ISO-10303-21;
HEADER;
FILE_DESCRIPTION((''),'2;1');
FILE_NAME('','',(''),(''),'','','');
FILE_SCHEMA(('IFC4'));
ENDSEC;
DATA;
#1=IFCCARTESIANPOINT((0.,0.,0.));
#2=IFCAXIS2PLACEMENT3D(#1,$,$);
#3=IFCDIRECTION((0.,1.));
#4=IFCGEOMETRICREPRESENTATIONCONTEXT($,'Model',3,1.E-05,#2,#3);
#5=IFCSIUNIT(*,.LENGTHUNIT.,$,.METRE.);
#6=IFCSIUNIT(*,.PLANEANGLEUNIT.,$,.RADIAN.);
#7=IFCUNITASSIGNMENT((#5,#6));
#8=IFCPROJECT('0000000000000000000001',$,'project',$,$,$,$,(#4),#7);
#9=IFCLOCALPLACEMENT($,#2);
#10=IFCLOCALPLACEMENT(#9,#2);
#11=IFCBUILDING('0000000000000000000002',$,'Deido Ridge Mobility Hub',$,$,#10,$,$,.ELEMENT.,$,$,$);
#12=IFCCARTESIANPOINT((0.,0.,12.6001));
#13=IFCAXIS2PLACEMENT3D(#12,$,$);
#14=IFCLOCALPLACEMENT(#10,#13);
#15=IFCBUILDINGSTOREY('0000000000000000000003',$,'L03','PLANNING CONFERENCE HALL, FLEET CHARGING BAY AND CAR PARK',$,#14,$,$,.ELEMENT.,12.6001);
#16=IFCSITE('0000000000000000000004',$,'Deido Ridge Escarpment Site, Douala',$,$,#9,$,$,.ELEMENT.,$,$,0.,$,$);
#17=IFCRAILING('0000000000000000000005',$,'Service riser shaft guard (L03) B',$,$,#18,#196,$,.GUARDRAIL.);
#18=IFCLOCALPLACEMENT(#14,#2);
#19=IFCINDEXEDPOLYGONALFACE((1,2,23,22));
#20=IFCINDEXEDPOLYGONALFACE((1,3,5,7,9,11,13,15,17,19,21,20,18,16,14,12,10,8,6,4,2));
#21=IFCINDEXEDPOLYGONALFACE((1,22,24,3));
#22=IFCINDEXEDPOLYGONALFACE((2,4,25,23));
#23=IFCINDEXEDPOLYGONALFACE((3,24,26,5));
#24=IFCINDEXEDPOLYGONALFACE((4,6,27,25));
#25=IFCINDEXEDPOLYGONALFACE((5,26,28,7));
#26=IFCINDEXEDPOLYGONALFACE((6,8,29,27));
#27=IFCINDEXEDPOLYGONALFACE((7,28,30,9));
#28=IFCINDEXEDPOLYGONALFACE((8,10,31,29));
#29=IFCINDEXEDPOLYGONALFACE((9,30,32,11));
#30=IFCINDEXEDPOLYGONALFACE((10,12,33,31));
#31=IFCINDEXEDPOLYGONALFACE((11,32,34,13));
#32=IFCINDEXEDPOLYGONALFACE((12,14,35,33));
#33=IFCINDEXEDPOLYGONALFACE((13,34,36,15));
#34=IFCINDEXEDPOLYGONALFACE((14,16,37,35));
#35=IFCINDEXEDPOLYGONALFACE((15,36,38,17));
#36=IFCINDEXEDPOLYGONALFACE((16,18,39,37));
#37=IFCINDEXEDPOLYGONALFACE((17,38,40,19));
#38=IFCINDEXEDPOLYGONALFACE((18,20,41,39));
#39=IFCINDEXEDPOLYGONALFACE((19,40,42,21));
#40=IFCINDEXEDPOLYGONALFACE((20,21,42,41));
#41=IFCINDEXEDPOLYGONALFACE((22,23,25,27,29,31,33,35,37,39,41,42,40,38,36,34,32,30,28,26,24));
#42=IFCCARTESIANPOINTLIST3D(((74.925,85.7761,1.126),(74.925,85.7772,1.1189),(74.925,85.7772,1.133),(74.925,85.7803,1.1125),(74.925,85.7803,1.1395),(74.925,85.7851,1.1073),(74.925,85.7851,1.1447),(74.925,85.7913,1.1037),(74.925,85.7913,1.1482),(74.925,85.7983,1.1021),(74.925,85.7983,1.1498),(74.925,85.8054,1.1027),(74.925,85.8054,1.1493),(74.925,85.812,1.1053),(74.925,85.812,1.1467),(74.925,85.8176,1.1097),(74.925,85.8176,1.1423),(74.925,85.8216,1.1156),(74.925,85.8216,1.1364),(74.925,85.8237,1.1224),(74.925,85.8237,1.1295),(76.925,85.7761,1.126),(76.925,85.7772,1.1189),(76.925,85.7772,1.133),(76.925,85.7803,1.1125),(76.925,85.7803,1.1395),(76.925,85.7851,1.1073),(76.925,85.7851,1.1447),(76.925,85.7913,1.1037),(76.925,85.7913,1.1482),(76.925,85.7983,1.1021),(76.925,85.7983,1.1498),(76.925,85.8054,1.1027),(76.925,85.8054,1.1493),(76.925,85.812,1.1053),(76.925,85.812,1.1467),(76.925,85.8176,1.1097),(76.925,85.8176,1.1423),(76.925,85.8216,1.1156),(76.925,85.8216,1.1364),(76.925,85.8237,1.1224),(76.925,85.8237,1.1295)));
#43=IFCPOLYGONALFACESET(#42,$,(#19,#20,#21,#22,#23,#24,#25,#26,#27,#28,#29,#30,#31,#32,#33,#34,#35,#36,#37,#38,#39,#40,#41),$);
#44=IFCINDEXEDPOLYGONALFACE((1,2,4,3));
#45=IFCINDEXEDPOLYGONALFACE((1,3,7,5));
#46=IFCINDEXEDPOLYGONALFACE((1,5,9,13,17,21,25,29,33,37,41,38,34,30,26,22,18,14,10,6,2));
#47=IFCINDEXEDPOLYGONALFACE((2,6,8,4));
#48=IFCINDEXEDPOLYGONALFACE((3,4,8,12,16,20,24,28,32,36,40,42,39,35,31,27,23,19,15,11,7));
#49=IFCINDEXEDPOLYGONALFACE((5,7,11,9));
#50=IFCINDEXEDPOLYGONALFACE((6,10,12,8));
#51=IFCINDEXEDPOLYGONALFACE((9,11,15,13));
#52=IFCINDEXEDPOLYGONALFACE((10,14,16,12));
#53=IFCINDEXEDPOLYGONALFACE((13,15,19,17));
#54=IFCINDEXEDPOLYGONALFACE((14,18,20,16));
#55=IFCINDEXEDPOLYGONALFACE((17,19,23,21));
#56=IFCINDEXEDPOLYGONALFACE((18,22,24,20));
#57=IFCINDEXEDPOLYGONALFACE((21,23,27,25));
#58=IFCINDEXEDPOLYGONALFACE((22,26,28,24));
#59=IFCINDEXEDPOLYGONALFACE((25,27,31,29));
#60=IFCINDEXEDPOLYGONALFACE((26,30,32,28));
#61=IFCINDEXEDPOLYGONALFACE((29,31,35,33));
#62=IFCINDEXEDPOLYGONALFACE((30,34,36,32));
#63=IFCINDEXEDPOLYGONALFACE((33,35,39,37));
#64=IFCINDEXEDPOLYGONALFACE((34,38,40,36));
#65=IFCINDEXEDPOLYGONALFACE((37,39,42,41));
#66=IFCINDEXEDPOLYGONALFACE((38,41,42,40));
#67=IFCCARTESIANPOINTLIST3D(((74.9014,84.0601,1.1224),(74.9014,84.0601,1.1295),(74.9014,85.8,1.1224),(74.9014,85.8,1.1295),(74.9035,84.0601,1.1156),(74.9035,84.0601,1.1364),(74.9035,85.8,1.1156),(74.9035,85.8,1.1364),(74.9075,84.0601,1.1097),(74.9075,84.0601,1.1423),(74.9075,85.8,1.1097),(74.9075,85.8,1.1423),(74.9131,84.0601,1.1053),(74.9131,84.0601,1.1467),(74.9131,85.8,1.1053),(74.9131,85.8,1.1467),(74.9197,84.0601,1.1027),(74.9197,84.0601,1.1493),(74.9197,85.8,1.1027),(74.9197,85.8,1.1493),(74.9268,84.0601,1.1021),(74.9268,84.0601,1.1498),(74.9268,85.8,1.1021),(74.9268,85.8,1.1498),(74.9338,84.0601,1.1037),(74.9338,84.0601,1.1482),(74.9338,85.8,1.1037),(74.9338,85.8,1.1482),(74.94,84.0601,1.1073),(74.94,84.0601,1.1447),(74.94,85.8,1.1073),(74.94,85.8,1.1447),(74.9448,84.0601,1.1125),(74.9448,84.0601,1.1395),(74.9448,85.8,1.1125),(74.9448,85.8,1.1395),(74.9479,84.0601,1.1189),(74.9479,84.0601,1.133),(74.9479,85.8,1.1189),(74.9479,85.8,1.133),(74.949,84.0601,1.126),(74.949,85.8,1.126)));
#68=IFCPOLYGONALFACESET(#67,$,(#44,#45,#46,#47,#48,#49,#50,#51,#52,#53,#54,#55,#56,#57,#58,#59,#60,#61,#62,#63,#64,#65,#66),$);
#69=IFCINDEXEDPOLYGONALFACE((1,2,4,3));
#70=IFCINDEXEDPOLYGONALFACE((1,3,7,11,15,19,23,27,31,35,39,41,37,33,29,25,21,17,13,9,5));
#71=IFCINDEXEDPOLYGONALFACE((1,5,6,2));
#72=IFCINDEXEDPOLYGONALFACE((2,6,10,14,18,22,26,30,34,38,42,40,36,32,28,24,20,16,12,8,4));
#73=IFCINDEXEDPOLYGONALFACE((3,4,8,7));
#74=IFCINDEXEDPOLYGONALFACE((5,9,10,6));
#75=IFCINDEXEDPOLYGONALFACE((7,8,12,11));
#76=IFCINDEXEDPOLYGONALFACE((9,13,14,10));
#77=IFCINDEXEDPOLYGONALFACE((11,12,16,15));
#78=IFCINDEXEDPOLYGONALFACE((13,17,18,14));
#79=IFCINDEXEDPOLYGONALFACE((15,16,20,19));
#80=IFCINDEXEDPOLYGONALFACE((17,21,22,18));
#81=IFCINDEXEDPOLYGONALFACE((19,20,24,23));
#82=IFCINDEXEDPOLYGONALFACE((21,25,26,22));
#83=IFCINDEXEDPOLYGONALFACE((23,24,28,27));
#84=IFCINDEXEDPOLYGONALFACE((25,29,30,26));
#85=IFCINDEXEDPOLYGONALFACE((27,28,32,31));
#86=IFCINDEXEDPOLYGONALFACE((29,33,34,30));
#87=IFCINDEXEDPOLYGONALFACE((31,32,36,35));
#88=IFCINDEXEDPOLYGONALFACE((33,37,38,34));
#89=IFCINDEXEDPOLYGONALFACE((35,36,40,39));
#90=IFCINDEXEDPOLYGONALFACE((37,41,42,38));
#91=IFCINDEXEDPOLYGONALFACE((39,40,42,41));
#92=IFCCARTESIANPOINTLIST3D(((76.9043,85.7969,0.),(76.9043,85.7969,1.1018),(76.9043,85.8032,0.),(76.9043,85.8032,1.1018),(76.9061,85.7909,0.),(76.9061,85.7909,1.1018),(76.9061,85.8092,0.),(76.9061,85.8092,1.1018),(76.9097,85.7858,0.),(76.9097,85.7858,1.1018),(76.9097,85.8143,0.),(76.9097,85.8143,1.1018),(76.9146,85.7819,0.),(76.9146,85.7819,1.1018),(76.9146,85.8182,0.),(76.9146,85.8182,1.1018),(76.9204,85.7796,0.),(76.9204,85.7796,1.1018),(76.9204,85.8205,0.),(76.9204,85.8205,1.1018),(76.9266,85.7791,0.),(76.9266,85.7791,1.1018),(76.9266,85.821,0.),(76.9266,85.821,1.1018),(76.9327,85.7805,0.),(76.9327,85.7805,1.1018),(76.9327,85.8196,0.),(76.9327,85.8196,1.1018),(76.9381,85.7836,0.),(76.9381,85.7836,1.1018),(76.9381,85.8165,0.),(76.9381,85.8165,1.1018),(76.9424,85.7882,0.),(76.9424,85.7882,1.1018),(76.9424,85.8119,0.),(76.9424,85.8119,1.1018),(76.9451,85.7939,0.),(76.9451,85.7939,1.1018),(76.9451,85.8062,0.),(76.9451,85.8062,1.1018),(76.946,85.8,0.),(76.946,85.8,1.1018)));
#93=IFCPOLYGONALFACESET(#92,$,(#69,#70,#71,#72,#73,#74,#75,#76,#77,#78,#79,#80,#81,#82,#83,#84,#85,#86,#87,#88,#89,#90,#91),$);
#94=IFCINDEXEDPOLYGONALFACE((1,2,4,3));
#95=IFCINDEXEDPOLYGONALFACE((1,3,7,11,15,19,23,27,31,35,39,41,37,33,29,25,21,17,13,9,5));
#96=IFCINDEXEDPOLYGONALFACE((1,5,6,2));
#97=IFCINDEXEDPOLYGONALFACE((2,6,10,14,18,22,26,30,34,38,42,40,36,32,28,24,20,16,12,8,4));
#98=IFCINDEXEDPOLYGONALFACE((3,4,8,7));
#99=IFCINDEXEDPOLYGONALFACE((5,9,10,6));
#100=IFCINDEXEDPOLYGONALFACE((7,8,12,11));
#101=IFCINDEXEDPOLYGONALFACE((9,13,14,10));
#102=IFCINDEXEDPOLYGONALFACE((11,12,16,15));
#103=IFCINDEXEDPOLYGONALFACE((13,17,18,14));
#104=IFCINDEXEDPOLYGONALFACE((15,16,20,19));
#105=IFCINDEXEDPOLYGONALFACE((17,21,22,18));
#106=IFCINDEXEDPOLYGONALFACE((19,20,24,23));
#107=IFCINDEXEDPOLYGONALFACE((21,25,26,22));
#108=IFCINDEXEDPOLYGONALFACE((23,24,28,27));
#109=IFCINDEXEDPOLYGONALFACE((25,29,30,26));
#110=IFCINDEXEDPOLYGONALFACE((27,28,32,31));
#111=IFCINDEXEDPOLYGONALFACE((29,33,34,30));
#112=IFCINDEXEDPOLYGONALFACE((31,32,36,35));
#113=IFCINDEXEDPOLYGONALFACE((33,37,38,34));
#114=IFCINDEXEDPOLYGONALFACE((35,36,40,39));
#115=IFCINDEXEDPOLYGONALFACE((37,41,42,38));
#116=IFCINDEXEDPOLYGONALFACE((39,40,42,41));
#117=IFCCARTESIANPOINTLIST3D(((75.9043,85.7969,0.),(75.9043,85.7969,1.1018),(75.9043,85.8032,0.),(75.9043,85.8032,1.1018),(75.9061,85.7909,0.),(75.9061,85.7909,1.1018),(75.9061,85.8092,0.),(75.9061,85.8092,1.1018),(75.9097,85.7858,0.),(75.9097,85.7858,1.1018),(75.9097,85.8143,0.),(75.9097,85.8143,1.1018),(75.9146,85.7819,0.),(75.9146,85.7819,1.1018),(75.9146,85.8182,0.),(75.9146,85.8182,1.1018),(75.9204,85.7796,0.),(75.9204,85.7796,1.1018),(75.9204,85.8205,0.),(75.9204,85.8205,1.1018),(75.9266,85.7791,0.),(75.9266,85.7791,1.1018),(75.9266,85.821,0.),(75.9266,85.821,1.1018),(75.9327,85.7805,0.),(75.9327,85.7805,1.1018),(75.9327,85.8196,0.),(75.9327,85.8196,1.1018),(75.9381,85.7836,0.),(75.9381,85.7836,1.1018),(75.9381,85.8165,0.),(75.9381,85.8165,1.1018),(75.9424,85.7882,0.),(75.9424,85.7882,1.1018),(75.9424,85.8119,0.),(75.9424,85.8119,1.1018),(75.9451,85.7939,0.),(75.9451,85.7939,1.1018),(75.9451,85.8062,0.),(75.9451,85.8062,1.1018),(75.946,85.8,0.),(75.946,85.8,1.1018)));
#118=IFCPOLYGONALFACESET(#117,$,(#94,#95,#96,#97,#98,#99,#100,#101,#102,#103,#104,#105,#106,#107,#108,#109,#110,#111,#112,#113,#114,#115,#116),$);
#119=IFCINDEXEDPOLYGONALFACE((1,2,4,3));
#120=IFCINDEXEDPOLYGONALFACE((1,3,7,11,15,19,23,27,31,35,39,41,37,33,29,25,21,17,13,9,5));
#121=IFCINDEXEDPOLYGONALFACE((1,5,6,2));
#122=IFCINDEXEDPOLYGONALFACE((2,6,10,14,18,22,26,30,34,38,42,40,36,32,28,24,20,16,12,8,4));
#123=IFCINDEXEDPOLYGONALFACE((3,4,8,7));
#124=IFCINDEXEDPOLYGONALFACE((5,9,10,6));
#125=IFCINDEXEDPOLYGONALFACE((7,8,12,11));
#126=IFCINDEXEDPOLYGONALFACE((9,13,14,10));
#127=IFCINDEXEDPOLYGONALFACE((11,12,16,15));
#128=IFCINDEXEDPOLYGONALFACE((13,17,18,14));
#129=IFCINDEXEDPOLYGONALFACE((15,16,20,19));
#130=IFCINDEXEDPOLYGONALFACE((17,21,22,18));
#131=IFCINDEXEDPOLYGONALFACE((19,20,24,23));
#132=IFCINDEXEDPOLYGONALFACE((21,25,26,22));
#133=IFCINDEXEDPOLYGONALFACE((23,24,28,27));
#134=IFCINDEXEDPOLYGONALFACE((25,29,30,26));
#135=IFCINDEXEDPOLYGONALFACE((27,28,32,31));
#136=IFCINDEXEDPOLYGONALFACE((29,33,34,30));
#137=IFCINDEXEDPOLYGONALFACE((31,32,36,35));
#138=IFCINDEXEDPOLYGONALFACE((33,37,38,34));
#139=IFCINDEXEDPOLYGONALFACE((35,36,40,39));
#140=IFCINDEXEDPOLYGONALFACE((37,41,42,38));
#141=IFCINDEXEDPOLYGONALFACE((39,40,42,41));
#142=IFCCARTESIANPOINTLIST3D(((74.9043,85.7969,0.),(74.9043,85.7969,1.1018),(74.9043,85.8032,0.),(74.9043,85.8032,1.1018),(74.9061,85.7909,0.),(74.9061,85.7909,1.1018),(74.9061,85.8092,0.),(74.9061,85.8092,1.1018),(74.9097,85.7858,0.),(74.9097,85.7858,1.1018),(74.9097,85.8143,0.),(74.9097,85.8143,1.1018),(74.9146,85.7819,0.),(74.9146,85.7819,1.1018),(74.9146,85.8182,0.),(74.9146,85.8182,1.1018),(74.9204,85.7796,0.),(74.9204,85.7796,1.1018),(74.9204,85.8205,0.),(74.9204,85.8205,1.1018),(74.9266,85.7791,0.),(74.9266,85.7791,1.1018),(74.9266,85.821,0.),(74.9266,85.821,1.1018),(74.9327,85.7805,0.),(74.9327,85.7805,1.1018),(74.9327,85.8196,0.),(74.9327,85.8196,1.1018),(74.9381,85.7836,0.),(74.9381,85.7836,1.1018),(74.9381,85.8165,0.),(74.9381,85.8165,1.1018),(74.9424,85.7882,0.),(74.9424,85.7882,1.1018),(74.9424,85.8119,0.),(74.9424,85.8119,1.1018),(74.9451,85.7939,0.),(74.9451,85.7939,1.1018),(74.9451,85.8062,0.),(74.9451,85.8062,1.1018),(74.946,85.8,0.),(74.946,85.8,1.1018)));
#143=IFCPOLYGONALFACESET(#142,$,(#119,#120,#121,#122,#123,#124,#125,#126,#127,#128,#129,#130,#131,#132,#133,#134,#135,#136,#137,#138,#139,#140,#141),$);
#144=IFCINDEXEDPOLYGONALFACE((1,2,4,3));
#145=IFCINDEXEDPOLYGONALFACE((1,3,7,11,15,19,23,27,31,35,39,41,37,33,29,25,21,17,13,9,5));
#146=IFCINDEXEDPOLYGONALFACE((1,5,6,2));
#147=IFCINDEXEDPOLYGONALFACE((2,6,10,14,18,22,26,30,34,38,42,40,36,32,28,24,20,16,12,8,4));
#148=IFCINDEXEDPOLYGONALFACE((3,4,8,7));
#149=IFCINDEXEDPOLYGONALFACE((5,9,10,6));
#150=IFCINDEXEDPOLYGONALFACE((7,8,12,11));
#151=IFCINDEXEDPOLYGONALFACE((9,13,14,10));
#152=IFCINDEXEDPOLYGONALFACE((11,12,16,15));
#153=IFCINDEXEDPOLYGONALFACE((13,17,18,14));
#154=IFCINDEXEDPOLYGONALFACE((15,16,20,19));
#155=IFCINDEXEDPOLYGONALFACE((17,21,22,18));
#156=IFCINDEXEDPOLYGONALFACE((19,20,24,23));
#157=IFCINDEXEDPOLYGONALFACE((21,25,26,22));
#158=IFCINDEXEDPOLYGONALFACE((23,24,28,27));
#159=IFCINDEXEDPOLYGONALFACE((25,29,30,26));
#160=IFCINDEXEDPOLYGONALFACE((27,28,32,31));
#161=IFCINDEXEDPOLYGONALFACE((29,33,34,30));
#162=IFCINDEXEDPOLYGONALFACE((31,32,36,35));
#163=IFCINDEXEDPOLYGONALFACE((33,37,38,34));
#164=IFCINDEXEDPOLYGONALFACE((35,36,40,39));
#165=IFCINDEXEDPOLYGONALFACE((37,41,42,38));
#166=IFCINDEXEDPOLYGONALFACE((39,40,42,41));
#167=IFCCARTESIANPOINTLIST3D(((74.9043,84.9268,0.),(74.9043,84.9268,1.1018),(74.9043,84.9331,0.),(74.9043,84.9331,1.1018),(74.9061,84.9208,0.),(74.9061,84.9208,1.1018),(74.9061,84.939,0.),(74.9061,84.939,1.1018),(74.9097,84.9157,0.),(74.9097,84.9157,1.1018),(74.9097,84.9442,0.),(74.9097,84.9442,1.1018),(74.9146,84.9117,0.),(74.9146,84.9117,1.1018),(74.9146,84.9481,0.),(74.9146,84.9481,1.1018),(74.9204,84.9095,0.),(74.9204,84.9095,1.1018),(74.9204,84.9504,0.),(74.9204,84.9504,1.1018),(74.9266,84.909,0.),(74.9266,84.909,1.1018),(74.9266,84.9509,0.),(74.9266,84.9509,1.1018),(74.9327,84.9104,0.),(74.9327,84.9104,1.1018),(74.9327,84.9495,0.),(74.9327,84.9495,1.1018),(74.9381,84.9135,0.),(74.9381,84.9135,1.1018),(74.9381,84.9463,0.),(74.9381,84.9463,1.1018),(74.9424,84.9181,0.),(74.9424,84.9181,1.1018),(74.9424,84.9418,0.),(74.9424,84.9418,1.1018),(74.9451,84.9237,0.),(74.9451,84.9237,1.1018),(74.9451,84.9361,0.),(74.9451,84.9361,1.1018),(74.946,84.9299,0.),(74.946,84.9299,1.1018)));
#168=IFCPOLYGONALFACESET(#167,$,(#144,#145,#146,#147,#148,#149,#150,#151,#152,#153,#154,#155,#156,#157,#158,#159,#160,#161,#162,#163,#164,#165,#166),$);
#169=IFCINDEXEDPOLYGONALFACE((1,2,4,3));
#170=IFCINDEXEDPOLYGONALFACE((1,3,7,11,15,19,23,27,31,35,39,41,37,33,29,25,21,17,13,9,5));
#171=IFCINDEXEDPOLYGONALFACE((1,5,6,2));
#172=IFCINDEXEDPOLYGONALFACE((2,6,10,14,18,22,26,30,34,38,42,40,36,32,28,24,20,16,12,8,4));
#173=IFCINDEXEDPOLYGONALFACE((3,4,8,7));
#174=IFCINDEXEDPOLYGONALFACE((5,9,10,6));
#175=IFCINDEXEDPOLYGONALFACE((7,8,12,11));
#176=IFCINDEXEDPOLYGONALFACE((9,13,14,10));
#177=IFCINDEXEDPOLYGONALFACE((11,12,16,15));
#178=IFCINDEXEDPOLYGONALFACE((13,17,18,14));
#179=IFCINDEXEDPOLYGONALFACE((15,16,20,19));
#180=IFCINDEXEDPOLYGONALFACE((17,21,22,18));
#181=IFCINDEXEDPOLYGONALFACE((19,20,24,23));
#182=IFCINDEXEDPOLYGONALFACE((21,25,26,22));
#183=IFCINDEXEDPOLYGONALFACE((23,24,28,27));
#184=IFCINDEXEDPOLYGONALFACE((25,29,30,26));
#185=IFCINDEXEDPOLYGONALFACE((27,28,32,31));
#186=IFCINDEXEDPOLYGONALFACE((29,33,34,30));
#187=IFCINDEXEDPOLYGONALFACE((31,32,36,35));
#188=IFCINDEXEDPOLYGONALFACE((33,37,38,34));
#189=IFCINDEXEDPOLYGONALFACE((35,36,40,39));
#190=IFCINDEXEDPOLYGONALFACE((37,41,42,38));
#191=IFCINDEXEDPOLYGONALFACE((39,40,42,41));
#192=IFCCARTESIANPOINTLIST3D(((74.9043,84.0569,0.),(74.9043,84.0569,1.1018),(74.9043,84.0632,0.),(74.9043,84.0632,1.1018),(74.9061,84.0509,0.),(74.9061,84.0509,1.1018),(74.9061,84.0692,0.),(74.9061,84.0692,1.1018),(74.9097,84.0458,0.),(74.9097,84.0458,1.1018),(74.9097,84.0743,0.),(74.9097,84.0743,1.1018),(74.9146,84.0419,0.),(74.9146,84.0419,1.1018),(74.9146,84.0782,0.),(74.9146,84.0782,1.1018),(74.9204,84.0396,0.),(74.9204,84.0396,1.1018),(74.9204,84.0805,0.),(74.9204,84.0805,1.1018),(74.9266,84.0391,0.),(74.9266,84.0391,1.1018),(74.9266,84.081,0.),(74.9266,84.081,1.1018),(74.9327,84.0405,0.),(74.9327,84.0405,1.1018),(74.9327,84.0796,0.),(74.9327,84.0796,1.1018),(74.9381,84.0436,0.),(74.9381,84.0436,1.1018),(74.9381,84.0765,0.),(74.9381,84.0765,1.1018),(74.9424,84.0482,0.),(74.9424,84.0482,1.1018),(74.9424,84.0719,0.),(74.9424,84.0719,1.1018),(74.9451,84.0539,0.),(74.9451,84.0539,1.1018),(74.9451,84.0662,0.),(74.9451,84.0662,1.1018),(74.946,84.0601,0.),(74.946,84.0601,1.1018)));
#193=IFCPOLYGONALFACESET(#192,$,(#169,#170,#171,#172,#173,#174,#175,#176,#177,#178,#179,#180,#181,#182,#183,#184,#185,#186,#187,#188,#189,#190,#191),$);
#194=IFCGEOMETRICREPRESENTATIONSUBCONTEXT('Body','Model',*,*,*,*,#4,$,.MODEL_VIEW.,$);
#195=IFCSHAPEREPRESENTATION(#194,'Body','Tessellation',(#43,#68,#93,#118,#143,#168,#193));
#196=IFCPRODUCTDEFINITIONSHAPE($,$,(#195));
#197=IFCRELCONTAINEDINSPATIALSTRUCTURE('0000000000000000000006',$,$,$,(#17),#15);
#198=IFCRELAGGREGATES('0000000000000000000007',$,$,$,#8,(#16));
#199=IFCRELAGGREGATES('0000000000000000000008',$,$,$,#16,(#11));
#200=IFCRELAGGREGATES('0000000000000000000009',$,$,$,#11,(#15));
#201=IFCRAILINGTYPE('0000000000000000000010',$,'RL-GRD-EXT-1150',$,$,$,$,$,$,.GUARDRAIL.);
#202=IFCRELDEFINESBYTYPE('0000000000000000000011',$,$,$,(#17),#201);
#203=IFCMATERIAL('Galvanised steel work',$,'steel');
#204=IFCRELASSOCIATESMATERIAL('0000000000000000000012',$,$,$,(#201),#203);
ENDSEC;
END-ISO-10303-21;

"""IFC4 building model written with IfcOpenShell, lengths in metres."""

from ifc_helpers import new_model, si_unit, direction, frame, origin, origin_2d, place, context, subcontext, project, spatial, circle, extrude, material, type_object, element, save


model = new_model("IFC4")

# Units and contexts
model_context = context("Model", 3, precision=1e-05, world=origin(), true_north=direction((0.0, 1.0)))
body_context = subcontext(model_context, "Body", "Model", "MODEL_VIEW")
ifc_project = project(units=[si_unit("LENGTHUNIT", "METRE"), si_unit("PLANEANGLEUNIT", "RADIAN")], contexts=[model_context])

# Site, building, storey
site_placement = place(None, origin())
site = spatial("IfcSite", under=ifc_project, at=site_placement, Name="Deido Ridge Escarpment Site, Douala", CompositionType="ELEMENT", RefElevation=0.0)
building_placement = place(site_placement, origin())
building = spatial("IfcBuilding", under=site, at=building_placement, Name="Deido Ridge Mobility Hub", CompositionType="ELEMENT")
storey_placement = place(building_placement, frame((0.0, 0.0, 12.6001)))
storey = spatial("IfcBuildingStorey", under=building, at=storey_placement, Name="L03", Description="PLANNING CONFERENCE HALL, FLEET CHARGING BAY AND CAR PARK", CompositionType="ELEMENT", Elevation=12.6001)

# Railing
ifc_material_1 = material(Name="Galvanised steel work", Category="steel")
railing_type = type_object("IfcRailingType", Name="RL-GRD-EXT-1150", PredefinedType="GUARDRAIL", material=ifc_material_1)
railing_1_placement = place(storey_placement, frame((76.925, 85.8, 0.0)))
element("IfcRailing", 1, at=railing_1_placement, inside=storey, type_object=railing_type, Name="Service riser shaft guard (L03) B", PredefinedType="GUARDRAIL", context=body_context, shape_type="SweptSolid", body=[
    extrude(circle(Radius=0.0239, at=origin_2d()), frame((0.0, 0.0, 1.126), z_axis=(-1.0, 0.0, 0.0), x_axis=(0.0, -1.0, 0.0)), (0.0, 0.0, 1.0), 2.0),
    extrude(circle(Radius=0.0239, at=origin_2d()), frame((-2.0, 0.0, 1.126), z_axis=(0.0, -1.0, 0.0), x_axis=(1.0, 0.0, 0.0)), (0.0, 0.0, 1.0), 1.74),
    extrude(circle(Radius=0.021, at=origin_2d()), origin(), (0.0, 0.0, 1.0), 1.1018),
    extrude(circle(Radius=0.021, at=origin_2d()), frame((-1.0, 0.0, 0.0)), (0.0, 0.0, 1.0), 1.1018),
    extrude(circle(Radius=0.021, at=origin_2d()), frame((-2.0, 0.0, 0.0)), (0.0, 0.0, 1.0), 1.1018),
    extrude(circle(Radius=0.021, at=origin_2d()), frame((-2.0, -0.8701, 0.0)), (0.0, 0.0, 1.0), 1.1018),
    extrude(circle(Radius=0.021, at=origin_2d()), frame((-2.0, -1.74, 0.0)), (0.0, 0.0, 1.0), 1.1018),
])

save(model, "model.ifc")
